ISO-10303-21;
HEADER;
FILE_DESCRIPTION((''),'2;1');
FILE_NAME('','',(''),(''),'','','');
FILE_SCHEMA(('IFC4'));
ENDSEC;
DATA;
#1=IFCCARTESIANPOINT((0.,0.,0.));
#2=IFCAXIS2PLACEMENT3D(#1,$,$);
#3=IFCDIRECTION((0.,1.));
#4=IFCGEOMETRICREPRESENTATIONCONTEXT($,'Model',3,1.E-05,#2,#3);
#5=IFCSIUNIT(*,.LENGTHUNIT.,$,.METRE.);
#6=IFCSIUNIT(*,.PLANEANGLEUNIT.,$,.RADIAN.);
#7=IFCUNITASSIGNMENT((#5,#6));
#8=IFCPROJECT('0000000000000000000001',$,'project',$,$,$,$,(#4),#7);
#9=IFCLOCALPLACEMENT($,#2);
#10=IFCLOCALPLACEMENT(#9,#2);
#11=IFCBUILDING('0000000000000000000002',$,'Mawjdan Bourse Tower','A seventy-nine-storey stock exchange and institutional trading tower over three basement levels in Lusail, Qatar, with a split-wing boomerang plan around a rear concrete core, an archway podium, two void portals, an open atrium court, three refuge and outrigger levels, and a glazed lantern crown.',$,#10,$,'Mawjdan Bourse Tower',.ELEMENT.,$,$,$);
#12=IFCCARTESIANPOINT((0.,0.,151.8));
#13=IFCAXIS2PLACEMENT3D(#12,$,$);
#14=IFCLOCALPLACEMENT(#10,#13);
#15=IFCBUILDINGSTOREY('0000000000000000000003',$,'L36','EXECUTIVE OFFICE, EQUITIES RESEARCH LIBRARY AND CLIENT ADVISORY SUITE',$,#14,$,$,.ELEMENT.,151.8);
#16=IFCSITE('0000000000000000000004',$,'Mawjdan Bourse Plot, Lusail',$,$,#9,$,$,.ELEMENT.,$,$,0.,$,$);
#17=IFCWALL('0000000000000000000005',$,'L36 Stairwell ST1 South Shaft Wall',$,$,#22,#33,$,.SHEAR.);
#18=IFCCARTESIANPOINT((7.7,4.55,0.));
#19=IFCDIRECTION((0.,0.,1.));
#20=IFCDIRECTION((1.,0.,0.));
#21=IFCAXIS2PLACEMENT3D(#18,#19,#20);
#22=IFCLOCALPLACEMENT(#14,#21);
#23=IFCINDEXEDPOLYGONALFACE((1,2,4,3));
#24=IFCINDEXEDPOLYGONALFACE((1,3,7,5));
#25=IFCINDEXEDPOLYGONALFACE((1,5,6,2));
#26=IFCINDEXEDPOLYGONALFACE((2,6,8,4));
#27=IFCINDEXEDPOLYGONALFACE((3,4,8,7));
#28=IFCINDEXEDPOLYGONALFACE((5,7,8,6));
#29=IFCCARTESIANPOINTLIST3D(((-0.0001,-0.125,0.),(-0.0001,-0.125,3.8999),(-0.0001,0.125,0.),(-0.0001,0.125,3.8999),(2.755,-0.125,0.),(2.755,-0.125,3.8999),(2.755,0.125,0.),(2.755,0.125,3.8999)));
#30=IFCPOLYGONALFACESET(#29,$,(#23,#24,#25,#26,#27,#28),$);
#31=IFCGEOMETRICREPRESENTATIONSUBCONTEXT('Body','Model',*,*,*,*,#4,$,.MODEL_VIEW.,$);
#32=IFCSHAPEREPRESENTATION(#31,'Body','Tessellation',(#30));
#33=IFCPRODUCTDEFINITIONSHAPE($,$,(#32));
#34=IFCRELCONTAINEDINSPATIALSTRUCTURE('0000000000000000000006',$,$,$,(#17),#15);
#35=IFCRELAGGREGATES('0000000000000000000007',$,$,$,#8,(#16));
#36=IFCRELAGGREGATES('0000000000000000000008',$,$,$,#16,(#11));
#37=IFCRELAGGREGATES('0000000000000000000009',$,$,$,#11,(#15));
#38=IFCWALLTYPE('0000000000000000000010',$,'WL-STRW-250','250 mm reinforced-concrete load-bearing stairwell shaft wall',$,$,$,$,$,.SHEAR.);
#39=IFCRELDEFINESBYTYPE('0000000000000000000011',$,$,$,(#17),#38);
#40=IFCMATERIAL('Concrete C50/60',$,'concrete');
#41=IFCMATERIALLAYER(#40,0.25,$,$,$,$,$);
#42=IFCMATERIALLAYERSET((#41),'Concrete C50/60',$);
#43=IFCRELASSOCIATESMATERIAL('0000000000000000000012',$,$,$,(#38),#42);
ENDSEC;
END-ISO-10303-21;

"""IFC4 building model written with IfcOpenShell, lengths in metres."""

from ifc_helpers import new_model, si_unit, direction, frame, frame_2d, origin, place, context, subcontext, project, spatial, rectangle, extrude, material, layer, layer_set, type_object, element, save


model = new_model("IFC4")

# Units and contexts
model_context = context("Model", 3, precision=1e-05, world=origin(), true_north=direction((0.0, 1.0)))
body_context = subcontext(model_context, "Body", "Model", "MODEL_VIEW")
ifc_project = project(units=[si_unit("LENGTHUNIT", "METRE"), si_unit("PLANEANGLEUNIT", "RADIAN")], contexts=[model_context])

# Site, building, storey
site_placement = place(None, origin())
site = spatial("IfcSite", under=ifc_project, at=site_placement, Name="Mawjdan Bourse Plot, Lusail", CompositionType="ELEMENT", RefElevation=0.0)
building_placement = place(site_placement, origin())
building = spatial("IfcBuilding", under=site, at=building_placement, Name="Mawjdan Bourse Tower", Description="A seventy-nine-storey stock exchange and institutional trading tower over three basement levels in Lusail, Qatar, with a split-wing boomerang plan around a rear concrete core, an archway podium, two void portals, an open atrium court, three refuge and outrigger levels, and a glazed lantern crown.", LongName="Mawjdan Bourse Tower", CompositionType="ELEMENT")
storey_placement = place(building_placement, frame((0.0, 0.0, 151.8)))
storey = spatial("IfcBuildingStorey", under=building, at=storey_placement, Name="L36", Description="EXECUTIVE OFFICE, EQUITIES RESEARCH LIBRARY AND CLIENT ADVISORY SUITE", CompositionType="ELEMENT", Elevation=151.8)

# Shared definitions
ifc_material_1 = material(Name="Concrete C50/60", Category="concrete")

# Wall
ifc_layer_1 = layer(ifc_material_1, 0.25)
ifc_layer_set_1 = layer_set([ifc_layer_1], Name="Concrete C50/60")
wall_type_1 = type_object("IfcWallType", Name="WL-STRW-250", Description="250 mm reinforced-concrete load-bearing stairwell shaft wall", PredefinedType="SHEAR", material=ifc_layer_set_1)
wall_1_placement = place(storey_placement, frame((7.7, 4.55, 0.0), z_axis=(0.0, 0.0, 1.0), x_axis=(1.0, 0.0, 0.0)))
element("IfcWall", 1, at=wall_1_placement, inside=storey, type_object=wall_type_1, Name="L36 Stairwell ST1 South Shaft Wall", PredefinedType="SHEAR", context=body_context, shape_type="SweptSolid", body=[
    extrude(rectangle(XDim=2.7551, YDim=0.25, at=frame_2d((1.3774, 0.0))), origin(), (0.0, 0.0, 1.0), 3.8999),
])

save(model, "model.ifc")
